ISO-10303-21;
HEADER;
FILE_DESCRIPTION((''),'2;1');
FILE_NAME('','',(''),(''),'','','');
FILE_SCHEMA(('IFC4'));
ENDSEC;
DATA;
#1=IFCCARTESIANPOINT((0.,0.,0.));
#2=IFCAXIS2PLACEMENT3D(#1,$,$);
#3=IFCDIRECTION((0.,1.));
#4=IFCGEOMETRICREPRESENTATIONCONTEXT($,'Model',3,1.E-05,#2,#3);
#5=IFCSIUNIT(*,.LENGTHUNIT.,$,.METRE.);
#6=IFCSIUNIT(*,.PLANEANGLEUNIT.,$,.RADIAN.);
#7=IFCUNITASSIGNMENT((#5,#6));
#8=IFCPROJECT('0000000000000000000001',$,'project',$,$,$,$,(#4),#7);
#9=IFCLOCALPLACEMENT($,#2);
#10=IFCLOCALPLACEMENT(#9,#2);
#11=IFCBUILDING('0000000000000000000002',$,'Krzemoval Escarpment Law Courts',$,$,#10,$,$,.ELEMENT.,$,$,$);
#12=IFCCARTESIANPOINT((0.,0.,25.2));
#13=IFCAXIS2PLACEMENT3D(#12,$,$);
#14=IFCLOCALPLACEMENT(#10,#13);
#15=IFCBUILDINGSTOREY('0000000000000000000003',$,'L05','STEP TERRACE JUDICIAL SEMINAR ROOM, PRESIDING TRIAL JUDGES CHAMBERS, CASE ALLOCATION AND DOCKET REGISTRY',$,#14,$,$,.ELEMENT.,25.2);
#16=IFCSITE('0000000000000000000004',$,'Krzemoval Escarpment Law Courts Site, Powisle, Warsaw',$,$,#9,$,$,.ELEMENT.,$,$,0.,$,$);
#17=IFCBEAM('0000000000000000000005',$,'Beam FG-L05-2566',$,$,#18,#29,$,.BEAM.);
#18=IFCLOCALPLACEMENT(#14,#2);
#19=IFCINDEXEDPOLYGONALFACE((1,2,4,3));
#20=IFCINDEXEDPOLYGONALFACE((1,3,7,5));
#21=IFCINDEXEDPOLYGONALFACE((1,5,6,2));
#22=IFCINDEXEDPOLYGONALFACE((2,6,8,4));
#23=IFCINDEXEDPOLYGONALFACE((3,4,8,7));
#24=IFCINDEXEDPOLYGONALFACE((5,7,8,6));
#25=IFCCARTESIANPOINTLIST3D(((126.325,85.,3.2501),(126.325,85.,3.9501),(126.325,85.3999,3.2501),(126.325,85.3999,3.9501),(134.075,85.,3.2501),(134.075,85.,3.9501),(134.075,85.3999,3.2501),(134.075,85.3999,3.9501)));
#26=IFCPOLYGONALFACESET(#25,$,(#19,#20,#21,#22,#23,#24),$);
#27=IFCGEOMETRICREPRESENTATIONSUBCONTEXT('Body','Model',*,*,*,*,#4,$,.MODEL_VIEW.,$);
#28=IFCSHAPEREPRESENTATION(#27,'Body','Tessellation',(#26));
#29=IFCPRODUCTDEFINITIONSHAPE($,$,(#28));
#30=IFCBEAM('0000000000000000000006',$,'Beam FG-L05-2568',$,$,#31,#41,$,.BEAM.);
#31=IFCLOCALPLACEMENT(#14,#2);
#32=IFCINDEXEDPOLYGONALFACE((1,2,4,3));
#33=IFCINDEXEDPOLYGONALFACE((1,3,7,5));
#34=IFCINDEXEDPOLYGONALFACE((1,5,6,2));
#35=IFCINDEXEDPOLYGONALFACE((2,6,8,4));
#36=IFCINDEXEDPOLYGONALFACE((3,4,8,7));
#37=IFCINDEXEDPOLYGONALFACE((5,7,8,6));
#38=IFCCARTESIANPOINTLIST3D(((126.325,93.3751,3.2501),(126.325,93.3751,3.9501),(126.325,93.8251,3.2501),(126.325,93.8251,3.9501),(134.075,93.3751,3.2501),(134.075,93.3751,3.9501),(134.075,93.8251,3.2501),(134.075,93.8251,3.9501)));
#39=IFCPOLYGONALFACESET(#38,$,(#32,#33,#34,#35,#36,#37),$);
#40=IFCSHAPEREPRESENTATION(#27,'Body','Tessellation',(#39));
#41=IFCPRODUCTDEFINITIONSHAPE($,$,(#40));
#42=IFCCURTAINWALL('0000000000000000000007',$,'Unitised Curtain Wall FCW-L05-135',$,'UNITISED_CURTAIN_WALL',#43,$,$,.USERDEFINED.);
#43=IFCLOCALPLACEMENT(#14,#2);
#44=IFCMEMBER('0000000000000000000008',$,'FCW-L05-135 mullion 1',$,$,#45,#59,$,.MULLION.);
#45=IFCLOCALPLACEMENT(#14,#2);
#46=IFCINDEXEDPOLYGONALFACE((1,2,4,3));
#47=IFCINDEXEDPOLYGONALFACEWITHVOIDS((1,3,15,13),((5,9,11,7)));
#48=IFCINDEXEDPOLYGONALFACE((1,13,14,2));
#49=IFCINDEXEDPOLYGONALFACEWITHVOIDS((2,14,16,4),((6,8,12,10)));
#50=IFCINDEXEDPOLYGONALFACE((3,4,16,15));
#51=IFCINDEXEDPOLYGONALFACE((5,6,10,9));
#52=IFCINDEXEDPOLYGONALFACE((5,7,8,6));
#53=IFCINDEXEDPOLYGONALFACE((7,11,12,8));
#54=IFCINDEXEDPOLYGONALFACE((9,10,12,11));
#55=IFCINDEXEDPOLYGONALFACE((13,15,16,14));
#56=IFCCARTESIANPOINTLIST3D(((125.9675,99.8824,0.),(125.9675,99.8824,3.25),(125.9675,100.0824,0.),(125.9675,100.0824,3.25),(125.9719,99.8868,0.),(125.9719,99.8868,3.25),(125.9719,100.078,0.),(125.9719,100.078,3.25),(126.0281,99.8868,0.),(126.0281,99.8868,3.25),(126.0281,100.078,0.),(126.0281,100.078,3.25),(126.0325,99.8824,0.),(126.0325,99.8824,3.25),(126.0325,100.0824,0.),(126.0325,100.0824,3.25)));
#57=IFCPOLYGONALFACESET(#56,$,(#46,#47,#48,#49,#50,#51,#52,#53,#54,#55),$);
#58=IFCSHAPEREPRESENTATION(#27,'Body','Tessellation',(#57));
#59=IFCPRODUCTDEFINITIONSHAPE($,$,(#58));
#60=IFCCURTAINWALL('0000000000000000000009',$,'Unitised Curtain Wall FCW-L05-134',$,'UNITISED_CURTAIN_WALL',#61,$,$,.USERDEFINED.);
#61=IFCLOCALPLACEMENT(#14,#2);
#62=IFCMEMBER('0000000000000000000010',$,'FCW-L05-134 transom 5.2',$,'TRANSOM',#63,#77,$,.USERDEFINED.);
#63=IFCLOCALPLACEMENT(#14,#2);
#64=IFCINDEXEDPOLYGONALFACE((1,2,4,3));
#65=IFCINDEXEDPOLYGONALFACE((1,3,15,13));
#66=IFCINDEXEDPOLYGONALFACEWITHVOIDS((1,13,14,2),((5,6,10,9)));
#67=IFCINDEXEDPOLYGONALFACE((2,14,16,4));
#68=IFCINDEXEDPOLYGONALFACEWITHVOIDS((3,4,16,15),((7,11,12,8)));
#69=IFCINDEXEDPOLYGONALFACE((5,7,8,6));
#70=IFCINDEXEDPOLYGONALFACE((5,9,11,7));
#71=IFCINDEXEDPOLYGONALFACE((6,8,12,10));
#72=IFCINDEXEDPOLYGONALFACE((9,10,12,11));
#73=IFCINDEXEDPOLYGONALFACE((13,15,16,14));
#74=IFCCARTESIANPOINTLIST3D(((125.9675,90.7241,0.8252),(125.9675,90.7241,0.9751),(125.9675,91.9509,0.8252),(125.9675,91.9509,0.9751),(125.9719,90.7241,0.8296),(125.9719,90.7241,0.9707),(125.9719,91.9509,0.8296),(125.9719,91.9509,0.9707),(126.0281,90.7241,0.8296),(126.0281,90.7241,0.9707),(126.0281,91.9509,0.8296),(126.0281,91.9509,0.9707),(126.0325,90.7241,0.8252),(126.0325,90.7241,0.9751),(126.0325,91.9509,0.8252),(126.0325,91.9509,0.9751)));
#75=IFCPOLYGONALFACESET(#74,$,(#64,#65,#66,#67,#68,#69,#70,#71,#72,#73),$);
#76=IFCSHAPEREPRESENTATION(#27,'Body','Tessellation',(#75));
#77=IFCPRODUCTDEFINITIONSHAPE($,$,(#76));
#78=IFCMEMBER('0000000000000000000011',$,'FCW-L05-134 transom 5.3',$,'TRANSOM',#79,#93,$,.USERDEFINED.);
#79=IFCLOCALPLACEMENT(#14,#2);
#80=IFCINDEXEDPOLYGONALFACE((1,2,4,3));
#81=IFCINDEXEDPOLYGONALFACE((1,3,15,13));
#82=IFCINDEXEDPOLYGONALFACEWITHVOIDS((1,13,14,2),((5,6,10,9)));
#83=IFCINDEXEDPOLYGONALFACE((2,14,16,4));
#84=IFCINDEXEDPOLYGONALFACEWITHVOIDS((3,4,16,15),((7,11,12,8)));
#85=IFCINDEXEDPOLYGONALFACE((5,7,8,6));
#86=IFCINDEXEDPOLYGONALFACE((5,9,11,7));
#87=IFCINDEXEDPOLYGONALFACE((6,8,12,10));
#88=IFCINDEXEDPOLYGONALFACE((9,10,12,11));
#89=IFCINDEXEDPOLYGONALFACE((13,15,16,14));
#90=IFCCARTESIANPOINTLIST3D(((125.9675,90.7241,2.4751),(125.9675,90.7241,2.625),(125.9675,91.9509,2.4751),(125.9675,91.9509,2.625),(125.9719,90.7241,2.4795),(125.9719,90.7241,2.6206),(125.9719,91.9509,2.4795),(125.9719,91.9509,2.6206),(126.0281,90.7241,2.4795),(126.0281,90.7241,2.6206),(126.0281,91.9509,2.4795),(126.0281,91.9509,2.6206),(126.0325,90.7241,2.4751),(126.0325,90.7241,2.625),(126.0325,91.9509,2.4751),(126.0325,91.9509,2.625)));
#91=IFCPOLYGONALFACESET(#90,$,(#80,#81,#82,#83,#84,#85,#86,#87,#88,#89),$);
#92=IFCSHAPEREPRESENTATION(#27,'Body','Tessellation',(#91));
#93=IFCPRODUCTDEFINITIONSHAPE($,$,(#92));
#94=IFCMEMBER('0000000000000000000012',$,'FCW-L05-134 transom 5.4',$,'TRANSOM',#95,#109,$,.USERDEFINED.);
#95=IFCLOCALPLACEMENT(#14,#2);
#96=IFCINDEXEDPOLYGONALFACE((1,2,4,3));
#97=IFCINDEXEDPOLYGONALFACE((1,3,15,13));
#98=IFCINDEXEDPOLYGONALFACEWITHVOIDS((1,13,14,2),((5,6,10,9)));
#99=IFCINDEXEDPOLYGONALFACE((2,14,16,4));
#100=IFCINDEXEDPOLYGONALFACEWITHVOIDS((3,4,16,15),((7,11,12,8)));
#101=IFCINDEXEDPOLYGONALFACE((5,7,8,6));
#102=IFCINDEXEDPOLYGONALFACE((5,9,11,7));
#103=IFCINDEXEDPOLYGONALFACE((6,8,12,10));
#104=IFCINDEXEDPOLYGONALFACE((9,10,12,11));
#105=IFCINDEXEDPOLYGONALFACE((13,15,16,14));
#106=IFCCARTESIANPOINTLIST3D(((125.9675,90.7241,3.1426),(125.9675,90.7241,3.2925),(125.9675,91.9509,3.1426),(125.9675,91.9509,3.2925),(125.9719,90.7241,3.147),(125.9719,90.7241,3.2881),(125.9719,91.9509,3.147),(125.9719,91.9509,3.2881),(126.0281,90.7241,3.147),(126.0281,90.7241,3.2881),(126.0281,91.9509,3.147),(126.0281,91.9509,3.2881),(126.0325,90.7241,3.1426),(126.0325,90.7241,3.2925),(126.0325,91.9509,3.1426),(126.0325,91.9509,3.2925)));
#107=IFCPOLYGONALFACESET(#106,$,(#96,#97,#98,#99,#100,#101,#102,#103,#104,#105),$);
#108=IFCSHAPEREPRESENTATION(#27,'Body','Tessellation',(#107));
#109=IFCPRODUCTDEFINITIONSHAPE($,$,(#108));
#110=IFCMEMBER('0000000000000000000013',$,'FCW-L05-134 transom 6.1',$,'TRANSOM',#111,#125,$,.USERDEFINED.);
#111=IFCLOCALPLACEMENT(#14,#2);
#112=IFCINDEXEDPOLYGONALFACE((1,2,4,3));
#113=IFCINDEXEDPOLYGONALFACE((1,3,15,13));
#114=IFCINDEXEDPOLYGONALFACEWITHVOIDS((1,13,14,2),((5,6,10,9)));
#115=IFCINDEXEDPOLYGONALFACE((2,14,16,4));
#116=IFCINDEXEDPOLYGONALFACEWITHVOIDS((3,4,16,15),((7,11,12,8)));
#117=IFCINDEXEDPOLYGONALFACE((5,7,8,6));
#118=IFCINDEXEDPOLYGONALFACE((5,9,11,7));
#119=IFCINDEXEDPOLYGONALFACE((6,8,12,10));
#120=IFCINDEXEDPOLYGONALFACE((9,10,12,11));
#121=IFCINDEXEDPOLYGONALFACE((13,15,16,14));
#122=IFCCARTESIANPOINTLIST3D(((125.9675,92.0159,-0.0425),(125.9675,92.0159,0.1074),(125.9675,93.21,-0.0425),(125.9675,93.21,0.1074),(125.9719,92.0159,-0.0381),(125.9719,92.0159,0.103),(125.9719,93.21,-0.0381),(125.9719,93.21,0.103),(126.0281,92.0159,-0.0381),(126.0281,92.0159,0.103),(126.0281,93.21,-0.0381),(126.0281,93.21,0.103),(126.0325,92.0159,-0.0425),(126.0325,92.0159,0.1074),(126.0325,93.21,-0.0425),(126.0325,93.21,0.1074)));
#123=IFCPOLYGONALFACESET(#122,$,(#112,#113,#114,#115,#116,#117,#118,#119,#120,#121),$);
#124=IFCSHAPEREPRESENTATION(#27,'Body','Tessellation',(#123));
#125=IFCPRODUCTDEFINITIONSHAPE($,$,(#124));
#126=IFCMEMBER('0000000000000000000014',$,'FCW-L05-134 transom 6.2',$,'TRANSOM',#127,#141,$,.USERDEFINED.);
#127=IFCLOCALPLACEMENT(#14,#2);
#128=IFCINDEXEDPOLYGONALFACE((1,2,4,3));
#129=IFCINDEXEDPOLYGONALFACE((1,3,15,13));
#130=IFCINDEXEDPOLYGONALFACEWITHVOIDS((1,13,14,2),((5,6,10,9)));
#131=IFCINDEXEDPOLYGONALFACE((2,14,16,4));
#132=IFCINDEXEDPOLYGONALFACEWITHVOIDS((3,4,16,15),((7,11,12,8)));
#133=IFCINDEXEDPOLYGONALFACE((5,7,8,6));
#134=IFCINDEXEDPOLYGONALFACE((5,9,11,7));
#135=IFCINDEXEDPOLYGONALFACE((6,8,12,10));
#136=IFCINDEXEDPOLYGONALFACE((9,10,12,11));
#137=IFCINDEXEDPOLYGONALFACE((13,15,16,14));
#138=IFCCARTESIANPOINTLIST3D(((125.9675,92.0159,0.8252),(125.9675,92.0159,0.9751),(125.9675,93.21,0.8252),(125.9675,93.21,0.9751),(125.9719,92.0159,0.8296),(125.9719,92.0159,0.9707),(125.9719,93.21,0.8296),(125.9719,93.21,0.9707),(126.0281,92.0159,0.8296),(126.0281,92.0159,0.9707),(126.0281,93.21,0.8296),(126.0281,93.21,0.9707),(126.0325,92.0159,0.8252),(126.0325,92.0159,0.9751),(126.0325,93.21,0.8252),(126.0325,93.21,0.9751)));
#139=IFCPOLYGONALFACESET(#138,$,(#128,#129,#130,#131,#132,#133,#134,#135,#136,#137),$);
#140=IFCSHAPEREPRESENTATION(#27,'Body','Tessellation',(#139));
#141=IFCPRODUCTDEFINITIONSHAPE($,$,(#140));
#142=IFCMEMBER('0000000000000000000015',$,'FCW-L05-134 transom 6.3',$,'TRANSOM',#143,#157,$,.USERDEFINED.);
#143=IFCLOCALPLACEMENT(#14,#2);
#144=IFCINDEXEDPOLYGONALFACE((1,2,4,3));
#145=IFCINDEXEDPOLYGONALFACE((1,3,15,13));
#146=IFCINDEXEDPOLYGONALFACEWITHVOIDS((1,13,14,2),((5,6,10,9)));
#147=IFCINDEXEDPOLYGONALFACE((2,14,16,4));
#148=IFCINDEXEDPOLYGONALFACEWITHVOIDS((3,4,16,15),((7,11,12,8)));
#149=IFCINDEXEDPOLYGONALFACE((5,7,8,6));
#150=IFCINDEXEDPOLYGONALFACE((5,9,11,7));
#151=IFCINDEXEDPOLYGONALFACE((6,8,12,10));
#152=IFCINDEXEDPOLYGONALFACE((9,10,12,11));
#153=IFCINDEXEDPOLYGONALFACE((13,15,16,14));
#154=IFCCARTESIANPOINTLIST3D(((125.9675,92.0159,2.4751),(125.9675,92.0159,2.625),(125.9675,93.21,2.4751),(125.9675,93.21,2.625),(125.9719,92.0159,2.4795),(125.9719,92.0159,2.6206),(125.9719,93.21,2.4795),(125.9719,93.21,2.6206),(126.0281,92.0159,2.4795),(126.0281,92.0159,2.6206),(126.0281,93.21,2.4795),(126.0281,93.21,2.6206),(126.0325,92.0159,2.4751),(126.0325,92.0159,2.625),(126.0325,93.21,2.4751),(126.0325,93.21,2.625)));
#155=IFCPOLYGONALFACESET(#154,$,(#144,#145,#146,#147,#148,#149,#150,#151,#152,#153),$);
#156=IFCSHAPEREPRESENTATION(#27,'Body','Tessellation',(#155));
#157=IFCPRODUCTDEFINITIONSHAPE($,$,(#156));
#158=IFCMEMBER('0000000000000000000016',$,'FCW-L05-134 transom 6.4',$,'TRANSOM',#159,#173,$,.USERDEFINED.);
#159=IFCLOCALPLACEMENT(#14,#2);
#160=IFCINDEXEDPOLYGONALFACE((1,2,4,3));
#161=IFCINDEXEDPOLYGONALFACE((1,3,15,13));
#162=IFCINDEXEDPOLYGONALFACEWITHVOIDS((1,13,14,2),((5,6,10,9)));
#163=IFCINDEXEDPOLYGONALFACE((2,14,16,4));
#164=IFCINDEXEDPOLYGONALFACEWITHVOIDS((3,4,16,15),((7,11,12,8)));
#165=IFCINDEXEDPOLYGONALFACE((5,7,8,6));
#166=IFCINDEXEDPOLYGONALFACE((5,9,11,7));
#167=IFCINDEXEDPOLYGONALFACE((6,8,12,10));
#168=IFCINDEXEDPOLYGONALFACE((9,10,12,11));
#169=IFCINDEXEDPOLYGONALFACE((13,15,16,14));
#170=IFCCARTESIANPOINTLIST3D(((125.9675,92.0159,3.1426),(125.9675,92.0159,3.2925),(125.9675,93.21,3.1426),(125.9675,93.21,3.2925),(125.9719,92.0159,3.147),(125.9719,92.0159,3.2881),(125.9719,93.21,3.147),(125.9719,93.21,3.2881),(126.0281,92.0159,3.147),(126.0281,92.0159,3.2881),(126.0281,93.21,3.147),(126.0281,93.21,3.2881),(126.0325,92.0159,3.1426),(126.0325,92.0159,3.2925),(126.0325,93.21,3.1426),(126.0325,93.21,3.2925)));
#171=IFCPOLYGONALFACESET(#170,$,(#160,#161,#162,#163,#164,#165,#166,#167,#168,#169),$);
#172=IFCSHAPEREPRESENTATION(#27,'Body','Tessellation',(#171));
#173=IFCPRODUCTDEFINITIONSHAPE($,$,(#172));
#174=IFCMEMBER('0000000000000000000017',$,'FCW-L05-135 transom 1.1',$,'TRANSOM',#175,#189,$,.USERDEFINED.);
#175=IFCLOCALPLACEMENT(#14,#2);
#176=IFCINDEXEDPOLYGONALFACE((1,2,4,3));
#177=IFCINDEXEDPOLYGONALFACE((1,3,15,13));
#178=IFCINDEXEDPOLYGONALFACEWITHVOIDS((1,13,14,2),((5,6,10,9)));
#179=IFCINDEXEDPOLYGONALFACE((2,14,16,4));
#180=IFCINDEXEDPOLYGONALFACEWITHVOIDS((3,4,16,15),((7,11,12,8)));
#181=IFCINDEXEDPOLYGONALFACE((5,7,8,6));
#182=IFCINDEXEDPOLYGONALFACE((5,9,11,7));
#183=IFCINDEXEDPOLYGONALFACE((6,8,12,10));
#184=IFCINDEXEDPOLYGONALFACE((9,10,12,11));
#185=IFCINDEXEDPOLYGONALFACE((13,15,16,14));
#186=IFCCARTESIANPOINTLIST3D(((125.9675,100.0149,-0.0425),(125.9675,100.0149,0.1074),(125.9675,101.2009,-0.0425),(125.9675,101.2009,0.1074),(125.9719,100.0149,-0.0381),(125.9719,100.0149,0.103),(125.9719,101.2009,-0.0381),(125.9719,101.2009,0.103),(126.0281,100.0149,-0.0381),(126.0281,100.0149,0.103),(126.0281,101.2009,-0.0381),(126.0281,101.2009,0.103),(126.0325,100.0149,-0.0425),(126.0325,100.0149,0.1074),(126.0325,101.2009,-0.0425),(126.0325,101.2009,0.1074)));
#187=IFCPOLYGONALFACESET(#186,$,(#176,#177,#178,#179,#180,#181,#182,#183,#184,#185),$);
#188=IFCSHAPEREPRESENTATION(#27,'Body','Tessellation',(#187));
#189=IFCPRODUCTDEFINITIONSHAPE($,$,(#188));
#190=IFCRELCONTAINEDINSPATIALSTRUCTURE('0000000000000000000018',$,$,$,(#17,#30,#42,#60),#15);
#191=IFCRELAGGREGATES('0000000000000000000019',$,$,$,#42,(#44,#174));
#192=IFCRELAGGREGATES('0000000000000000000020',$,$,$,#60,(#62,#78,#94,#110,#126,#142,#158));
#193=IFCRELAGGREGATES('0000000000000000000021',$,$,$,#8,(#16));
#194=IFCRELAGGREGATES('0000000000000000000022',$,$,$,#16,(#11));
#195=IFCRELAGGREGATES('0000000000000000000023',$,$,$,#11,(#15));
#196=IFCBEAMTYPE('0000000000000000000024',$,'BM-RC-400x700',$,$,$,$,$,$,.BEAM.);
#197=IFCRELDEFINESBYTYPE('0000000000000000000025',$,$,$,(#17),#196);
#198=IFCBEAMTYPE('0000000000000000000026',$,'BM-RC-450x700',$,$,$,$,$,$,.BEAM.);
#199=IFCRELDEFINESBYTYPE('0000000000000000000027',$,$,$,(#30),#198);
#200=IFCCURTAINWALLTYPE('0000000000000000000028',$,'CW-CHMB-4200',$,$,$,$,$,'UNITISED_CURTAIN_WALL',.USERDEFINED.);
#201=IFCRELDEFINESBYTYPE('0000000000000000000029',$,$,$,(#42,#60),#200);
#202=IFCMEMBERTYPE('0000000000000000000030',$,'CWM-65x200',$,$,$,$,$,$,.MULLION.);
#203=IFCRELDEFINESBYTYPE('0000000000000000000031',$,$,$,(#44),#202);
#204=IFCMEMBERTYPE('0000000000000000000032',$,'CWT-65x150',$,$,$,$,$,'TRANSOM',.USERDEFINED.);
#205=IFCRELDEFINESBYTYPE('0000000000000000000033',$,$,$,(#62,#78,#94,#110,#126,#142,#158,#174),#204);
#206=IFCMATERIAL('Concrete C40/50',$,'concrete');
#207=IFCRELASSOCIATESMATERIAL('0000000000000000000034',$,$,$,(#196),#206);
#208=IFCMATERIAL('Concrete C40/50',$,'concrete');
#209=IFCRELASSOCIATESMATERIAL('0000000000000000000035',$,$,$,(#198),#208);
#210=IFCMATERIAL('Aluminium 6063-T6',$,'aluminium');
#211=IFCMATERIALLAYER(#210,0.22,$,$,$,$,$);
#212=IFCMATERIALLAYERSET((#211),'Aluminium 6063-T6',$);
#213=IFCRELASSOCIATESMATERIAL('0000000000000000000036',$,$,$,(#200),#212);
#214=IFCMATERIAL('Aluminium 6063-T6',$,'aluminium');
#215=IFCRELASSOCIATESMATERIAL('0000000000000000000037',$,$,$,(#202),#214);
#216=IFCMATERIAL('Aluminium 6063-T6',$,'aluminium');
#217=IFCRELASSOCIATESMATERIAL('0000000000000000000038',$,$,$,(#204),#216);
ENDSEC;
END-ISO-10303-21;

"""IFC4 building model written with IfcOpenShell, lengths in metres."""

from ifc_helpers import new_model, si_unit, direction, frame, origin, origin_2d, place, context, subcontext, project, spatial, rectangle, hollow_rectangle, extrude, material, layer, layer_set, material_profile, profile_set, type_object, element, aggregate, save


model = new_model("IFC4")

# Units and contexts
model_context = context("Model", 3, precision=1e-05, world=origin(), true_north=direction((0.0, 1.0)))
body_context = subcontext(model_context, "Body", "Model", "MODEL_VIEW")
ifc_project = project(units=[si_unit("LENGTHUNIT", "METRE"), si_unit("PLANEANGLEUNIT", "RADIAN")], contexts=[model_context])

# Site, building, storey
site_placement = place(None, origin())
site = spatial("IfcSite", under=ifc_project, at=site_placement, Name="Krzemoval Escarpment Law Courts Site, Powisle, Warsaw", CompositionType="ELEMENT", RefElevation=0.0)
building_placement = place(site_placement, origin())
building = spatial("IfcBuilding", under=site, at=building_placement, Name="Krzemoval Escarpment Law Courts", CompositionType="ELEMENT")
storey_placement = place(building_placement, frame((0.0, 0.0, 25.2)))
storey = spatial("IfcBuildingStorey", under=building, at=storey_placement, Name="L05", Description="STEP TERRACE JUDICIAL SEMINAR ROOM, PRESIDING TRIAL JUDGES CHAMBERS, CASE ALLOCATION AND DOCKET REGISTRY", CompositionType="ELEMENT", Elevation=25.2)

# Beams
ifc_material_1 = material(Name="Concrete C40/50", Category="concrete")
ifc_material_profile_1 = material_profile(ifc_material_1, rectangle(XDim=0.3999, YDim=0.7, at=origin_2d()), Name="RCB 400x700")
ifc_profile_set_1 = profile_set([ifc_material_profile_1], Name="Concrete C40/50")
beam_type_1 = type_object("IfcBeamType", Name="BM-RC-400x700", PredefinedType="BEAM", material=ifc_profile_set_1)
beam_1_placement = place(storey_placement, frame((126.325, 85.2, 3.6001), z_axis=(1.0, 0.0, 0.0), x_axis=(0.0, 1.0, 0.0)))
element("IfcBeam", 1, at=beam_1_placement, inside=storey, type_object=beam_type_1, Name="Beam FG-L05-2566", PredefinedType="BEAM", context=body_context, shape_type="SweptSolid", body=[
    extrude(rectangle(XDim=0.3999, YDim=0.7, at=origin_2d()), origin(), (0.0, 0.0, 1.0), 7.75),
])
ifc_material_2 = material(Name="Concrete C40/50", Category="concrete")
ifc_material_profile_2 = material_profile(ifc_material_2, rectangle(XDim=0.45, YDim=0.7, at=origin_2d()), Name="RCB 450x700")
ifc_profile_set_2 = profile_set([ifc_material_profile_2], Name="Concrete C40/50")
beam_type_2 = type_object("IfcBeamType", Name="BM-RC-450x700", PredefinedType="BEAM", material=ifc_profile_set_2)
beam_2_placement = place(storey_placement, frame((126.325, 93.6001, 3.6001), z_axis=(1.0, 0.0, 0.0), x_axis=(0.0, 1.0, 0.0)))
element("IfcBeam", 2, at=beam_2_placement, inside=storey, type_object=beam_type_2, Name="Beam FG-L05-2568", PredefinedType="BEAM", context=body_context, shape_type="SweptSolid", body=[
    extrude(rectangle(XDim=0.45, YDim=0.7, at=origin_2d()), origin(), (0.0, 0.0, 1.0), 7.75),
])

# Curtain wall, member
ifc_material_3 = material(Name="Aluminium 6063-T6", Category="aluminium")
ifc_layer_1 = layer(ifc_material_3, 0.22)
ifc_layer_set_1 = layer_set([ifc_layer_1], Name="Aluminium 6063-T6")
curtain_wall_type = type_object("IfcCurtainWallType", Name="CW-CHMB-4200", ElementType="UNITISED_CURTAIN_WALL", PredefinedType="USERDEFINED", material=ifc_layer_set_1)
curtain_wall_1_placement = place(storey_placement, origin())
curtain_wall_1 = element("IfcCurtainWall", 3, at=curtain_wall_1_placement, inside=storey, type_object=curtain_wall_type, Name="Unitised Curtain Wall FCW-L05-135", ObjectType="UNITISED_CURTAIN_WALL", PredefinedType="USERDEFINED")
ifc_material_4 = material(Name="Aluminium 6063-T6", Category="aluminium")
ifc_material_profile_3 = material_profile(ifc_material_4, hollow_rectangle(XDim=0.0649, YDim=0.2, WallThickness=0.0044, at=origin_2d()), Name="ALU M65x200")
ifc_profile_set_3 = profile_set([ifc_material_profile_3], Name="Aluminium 6063-T6")
member_type_1 = type_object("IfcMemberType", Name="CWM-65x200", PredefinedType="MULLION", material=ifc_profile_set_3)
member_1_placement = place(storey_placement, frame((126.0, 99.9824, 0.0), z_axis=(0.0, 0.0, 1.0), x_axis=(-1.0, 0.0, 0.0)))
member_1 = element("IfcMember", 4, at=member_1_placement, type_object=member_type_1, Name="FCW-L05-135 mullion 1", PredefinedType="MULLION", context=body_context, shape_type="SweptSolid", body=[
    extrude(hollow_rectangle(XDim=0.0649, YDim=0.2, WallThickness=0.0044, at=origin_2d()), origin(), (0.0, 0.0, 1.0), 3.25),
])

# Curtain wall, members
curtain_wall_2_placement = place(storey_placement, origin())
curtain_wall_2 = element("IfcCurtainWall", 5, at=curtain_wall_2_placement, inside=storey, type_object=curtain_wall_type, Name="Unitised Curtain Wall FCW-L05-134", ObjectType="UNITISED_CURTAIN_WALL", PredefinedType="USERDEFINED")
ifc_material_5 = material(Name="Aluminium 6063-T6", Category="aluminium")
ifc_material_profile_4 = material_profile(ifc_material_5, hollow_rectangle(XDim=0.0649, YDim=0.1499, WallThickness=0.0044, at=origin_2d()), Name="ALU T65x150")
ifc_profile_set_4 = profile_set([ifc_material_profile_4], Name="Aluminium 6063-T6")
member_type_2 = type_object("IfcMemberType", Name="CWT-65x150", ElementType="TRANSOM", PredefinedType="USERDEFINED", material=ifc_profile_set_4)
member_2_placement = place(storey_placement, frame((126.0, 90.7241, 0.9001), z_axis=(0.0, 1.0, 0.0), x_axis=(-1.0, 0.0, 0.0)))
member_2 = element("IfcMember", 6, at=member_2_placement, type_object=member_type_2, Name="FCW-L05-134 transom 5.2", ObjectType="TRANSOM", PredefinedType="USERDEFINED", context=body_context, shape_type="SweptSolid", body=[
    extrude(hollow_rectangle(XDim=0.0649, YDim=0.1499, WallThickness=0.0044, at=origin_2d()), origin(), (0.0, 0.0, 1.0), 1.2268),
])
member_3_placement = place(storey_placement, frame((126.0, 90.7241, 2.55), z_axis=(0.0, 1.0, 0.0), x_axis=(-1.0, 0.0, 0.0)))
member_3 = element("IfcMember", 7, at=member_3_placement, type_object=member_type_2, Name="FCW-L05-134 transom 5.3", ObjectType="TRANSOM", PredefinedType="USERDEFINED", context=body_context, shape_type="SweptSolid", body=[
    extrude(hollow_rectangle(XDim=0.0649, YDim=0.1499, WallThickness=0.0044, at=origin_2d()), origin(), (0.0, 0.0, 1.0), 1.2268),
])
member_4_placement = place(storey_placement, frame((126.0, 90.7241, 3.2175), z_axis=(0.0, 1.0, 0.0), x_axis=(-1.0, 0.0, 0.0)))
member_4 = element("IfcMember", 8, at=member_4_placement, type_object=member_type_2, Name="FCW-L05-134 transom 5.4", ObjectType="TRANSOM", PredefinedType="USERDEFINED", context=body_context, shape_type="SweptSolid", body=[
    extrude(hollow_rectangle(XDim=0.0649, YDim=0.1499, WallThickness=0.0044, at=origin_2d()), origin(), (0.0, 0.0, 1.0), 1.2268),
])
member_5_placement = place(storey_placement, frame((126.0, 92.0159, 0.0325), z_axis=(0.0, 1.0, 0.0), x_axis=(-1.0, 0.0, 0.0)))
member_5 = element("IfcMember", 9, at=member_5_placement, type_object=member_type_2, Name="FCW-L05-134 transom 6.1", ObjectType="TRANSOM", PredefinedType="USERDEFINED", context=body_context, shape_type="SweptSolid", body=[
    extrude(hollow_rectangle(XDim=0.0649, YDim=0.1499, WallThickness=0.0044, at=origin_2d()), origin(), (0.0, 0.0, 1.0), 1.1941),
])
member_6_placement = place(storey_placement, frame((126.0, 92.0159, 0.9001), z_axis=(0.0, 1.0, 0.0), x_axis=(-1.0, 0.0, 0.0)))
member_6 = element("IfcMember", 10, at=member_6_placement, type_object=member_type_2, Name="FCW-L05-134 transom 6.2", ObjectType="TRANSOM", PredefinedType="USERDEFINED", context=body_context, shape_type="SweptSolid", body=[
    extrude(hollow_rectangle(XDim=0.0649, YDim=0.1499, WallThickness=0.0044, at=origin_2d()), origin(), (0.0, 0.0, 1.0), 1.1941),
])
member_7_placement = place(storey_placement, frame((126.0, 92.0159, 2.55), z_axis=(0.0, 1.0, 0.0), x_axis=(-1.0, 0.0, 0.0)))
member_7 = element("IfcMember", 11, at=member_7_placement, type_object=member_type_2, Name="FCW-L05-134 transom 6.3", ObjectType="TRANSOM", PredefinedType="USERDEFINED", context=body_context, shape_type="SweptSolid", body=[
    extrude(hollow_rectangle(XDim=0.0649, YDim=0.1499, WallThickness=0.0044, at=origin_2d()), origin(), (0.0, 0.0, 1.0), 1.1941),
])
member_8_placement = place(storey_placement, frame((126.0, 92.0159, 3.2175), z_axis=(0.0, 1.0, 0.0), x_axis=(-1.0, 0.0, 0.0)))
member_8 = element("IfcMember", 12, at=member_8_placement, type_object=member_type_2, Name="FCW-L05-134 transom 6.4", ObjectType="TRANSOM", PredefinedType="USERDEFINED", context=body_context, shape_type="SweptSolid", body=[
    extrude(hollow_rectangle(XDim=0.0649, YDim=0.1499, WallThickness=0.0044, at=origin_2d()), origin(), (0.0, 0.0, 1.0), 1.1941),
])

# Member
member_9_placement = place(storey_placement, frame((126.0, 100.0149, 0.0325), z_axis=(0.0, 1.0, 0.0), x_axis=(-1.0, 0.0, 0.0)))
member_9 = element("IfcMember", 13, at=member_9_placement, type_object=member_type_2, Name="FCW-L05-135 transom 1.1", ObjectType="TRANSOM", PredefinedType="USERDEFINED", context=body_context, shape_type="SweptSolid", body=[
    extrude(hollow_rectangle(XDim=0.0649, YDim=0.1499, WallThickness=0.0044, at=origin_2d()), origin(), (0.0, 0.0, 1.0), 1.186),
])
aggregate(curtain_wall_1, [member_1, member_9])

aggregate(curtain_wall_2, [member_2, member_3, member_4, member_5, member_6, member_7, member_8])

save(model, "model.ifc")
